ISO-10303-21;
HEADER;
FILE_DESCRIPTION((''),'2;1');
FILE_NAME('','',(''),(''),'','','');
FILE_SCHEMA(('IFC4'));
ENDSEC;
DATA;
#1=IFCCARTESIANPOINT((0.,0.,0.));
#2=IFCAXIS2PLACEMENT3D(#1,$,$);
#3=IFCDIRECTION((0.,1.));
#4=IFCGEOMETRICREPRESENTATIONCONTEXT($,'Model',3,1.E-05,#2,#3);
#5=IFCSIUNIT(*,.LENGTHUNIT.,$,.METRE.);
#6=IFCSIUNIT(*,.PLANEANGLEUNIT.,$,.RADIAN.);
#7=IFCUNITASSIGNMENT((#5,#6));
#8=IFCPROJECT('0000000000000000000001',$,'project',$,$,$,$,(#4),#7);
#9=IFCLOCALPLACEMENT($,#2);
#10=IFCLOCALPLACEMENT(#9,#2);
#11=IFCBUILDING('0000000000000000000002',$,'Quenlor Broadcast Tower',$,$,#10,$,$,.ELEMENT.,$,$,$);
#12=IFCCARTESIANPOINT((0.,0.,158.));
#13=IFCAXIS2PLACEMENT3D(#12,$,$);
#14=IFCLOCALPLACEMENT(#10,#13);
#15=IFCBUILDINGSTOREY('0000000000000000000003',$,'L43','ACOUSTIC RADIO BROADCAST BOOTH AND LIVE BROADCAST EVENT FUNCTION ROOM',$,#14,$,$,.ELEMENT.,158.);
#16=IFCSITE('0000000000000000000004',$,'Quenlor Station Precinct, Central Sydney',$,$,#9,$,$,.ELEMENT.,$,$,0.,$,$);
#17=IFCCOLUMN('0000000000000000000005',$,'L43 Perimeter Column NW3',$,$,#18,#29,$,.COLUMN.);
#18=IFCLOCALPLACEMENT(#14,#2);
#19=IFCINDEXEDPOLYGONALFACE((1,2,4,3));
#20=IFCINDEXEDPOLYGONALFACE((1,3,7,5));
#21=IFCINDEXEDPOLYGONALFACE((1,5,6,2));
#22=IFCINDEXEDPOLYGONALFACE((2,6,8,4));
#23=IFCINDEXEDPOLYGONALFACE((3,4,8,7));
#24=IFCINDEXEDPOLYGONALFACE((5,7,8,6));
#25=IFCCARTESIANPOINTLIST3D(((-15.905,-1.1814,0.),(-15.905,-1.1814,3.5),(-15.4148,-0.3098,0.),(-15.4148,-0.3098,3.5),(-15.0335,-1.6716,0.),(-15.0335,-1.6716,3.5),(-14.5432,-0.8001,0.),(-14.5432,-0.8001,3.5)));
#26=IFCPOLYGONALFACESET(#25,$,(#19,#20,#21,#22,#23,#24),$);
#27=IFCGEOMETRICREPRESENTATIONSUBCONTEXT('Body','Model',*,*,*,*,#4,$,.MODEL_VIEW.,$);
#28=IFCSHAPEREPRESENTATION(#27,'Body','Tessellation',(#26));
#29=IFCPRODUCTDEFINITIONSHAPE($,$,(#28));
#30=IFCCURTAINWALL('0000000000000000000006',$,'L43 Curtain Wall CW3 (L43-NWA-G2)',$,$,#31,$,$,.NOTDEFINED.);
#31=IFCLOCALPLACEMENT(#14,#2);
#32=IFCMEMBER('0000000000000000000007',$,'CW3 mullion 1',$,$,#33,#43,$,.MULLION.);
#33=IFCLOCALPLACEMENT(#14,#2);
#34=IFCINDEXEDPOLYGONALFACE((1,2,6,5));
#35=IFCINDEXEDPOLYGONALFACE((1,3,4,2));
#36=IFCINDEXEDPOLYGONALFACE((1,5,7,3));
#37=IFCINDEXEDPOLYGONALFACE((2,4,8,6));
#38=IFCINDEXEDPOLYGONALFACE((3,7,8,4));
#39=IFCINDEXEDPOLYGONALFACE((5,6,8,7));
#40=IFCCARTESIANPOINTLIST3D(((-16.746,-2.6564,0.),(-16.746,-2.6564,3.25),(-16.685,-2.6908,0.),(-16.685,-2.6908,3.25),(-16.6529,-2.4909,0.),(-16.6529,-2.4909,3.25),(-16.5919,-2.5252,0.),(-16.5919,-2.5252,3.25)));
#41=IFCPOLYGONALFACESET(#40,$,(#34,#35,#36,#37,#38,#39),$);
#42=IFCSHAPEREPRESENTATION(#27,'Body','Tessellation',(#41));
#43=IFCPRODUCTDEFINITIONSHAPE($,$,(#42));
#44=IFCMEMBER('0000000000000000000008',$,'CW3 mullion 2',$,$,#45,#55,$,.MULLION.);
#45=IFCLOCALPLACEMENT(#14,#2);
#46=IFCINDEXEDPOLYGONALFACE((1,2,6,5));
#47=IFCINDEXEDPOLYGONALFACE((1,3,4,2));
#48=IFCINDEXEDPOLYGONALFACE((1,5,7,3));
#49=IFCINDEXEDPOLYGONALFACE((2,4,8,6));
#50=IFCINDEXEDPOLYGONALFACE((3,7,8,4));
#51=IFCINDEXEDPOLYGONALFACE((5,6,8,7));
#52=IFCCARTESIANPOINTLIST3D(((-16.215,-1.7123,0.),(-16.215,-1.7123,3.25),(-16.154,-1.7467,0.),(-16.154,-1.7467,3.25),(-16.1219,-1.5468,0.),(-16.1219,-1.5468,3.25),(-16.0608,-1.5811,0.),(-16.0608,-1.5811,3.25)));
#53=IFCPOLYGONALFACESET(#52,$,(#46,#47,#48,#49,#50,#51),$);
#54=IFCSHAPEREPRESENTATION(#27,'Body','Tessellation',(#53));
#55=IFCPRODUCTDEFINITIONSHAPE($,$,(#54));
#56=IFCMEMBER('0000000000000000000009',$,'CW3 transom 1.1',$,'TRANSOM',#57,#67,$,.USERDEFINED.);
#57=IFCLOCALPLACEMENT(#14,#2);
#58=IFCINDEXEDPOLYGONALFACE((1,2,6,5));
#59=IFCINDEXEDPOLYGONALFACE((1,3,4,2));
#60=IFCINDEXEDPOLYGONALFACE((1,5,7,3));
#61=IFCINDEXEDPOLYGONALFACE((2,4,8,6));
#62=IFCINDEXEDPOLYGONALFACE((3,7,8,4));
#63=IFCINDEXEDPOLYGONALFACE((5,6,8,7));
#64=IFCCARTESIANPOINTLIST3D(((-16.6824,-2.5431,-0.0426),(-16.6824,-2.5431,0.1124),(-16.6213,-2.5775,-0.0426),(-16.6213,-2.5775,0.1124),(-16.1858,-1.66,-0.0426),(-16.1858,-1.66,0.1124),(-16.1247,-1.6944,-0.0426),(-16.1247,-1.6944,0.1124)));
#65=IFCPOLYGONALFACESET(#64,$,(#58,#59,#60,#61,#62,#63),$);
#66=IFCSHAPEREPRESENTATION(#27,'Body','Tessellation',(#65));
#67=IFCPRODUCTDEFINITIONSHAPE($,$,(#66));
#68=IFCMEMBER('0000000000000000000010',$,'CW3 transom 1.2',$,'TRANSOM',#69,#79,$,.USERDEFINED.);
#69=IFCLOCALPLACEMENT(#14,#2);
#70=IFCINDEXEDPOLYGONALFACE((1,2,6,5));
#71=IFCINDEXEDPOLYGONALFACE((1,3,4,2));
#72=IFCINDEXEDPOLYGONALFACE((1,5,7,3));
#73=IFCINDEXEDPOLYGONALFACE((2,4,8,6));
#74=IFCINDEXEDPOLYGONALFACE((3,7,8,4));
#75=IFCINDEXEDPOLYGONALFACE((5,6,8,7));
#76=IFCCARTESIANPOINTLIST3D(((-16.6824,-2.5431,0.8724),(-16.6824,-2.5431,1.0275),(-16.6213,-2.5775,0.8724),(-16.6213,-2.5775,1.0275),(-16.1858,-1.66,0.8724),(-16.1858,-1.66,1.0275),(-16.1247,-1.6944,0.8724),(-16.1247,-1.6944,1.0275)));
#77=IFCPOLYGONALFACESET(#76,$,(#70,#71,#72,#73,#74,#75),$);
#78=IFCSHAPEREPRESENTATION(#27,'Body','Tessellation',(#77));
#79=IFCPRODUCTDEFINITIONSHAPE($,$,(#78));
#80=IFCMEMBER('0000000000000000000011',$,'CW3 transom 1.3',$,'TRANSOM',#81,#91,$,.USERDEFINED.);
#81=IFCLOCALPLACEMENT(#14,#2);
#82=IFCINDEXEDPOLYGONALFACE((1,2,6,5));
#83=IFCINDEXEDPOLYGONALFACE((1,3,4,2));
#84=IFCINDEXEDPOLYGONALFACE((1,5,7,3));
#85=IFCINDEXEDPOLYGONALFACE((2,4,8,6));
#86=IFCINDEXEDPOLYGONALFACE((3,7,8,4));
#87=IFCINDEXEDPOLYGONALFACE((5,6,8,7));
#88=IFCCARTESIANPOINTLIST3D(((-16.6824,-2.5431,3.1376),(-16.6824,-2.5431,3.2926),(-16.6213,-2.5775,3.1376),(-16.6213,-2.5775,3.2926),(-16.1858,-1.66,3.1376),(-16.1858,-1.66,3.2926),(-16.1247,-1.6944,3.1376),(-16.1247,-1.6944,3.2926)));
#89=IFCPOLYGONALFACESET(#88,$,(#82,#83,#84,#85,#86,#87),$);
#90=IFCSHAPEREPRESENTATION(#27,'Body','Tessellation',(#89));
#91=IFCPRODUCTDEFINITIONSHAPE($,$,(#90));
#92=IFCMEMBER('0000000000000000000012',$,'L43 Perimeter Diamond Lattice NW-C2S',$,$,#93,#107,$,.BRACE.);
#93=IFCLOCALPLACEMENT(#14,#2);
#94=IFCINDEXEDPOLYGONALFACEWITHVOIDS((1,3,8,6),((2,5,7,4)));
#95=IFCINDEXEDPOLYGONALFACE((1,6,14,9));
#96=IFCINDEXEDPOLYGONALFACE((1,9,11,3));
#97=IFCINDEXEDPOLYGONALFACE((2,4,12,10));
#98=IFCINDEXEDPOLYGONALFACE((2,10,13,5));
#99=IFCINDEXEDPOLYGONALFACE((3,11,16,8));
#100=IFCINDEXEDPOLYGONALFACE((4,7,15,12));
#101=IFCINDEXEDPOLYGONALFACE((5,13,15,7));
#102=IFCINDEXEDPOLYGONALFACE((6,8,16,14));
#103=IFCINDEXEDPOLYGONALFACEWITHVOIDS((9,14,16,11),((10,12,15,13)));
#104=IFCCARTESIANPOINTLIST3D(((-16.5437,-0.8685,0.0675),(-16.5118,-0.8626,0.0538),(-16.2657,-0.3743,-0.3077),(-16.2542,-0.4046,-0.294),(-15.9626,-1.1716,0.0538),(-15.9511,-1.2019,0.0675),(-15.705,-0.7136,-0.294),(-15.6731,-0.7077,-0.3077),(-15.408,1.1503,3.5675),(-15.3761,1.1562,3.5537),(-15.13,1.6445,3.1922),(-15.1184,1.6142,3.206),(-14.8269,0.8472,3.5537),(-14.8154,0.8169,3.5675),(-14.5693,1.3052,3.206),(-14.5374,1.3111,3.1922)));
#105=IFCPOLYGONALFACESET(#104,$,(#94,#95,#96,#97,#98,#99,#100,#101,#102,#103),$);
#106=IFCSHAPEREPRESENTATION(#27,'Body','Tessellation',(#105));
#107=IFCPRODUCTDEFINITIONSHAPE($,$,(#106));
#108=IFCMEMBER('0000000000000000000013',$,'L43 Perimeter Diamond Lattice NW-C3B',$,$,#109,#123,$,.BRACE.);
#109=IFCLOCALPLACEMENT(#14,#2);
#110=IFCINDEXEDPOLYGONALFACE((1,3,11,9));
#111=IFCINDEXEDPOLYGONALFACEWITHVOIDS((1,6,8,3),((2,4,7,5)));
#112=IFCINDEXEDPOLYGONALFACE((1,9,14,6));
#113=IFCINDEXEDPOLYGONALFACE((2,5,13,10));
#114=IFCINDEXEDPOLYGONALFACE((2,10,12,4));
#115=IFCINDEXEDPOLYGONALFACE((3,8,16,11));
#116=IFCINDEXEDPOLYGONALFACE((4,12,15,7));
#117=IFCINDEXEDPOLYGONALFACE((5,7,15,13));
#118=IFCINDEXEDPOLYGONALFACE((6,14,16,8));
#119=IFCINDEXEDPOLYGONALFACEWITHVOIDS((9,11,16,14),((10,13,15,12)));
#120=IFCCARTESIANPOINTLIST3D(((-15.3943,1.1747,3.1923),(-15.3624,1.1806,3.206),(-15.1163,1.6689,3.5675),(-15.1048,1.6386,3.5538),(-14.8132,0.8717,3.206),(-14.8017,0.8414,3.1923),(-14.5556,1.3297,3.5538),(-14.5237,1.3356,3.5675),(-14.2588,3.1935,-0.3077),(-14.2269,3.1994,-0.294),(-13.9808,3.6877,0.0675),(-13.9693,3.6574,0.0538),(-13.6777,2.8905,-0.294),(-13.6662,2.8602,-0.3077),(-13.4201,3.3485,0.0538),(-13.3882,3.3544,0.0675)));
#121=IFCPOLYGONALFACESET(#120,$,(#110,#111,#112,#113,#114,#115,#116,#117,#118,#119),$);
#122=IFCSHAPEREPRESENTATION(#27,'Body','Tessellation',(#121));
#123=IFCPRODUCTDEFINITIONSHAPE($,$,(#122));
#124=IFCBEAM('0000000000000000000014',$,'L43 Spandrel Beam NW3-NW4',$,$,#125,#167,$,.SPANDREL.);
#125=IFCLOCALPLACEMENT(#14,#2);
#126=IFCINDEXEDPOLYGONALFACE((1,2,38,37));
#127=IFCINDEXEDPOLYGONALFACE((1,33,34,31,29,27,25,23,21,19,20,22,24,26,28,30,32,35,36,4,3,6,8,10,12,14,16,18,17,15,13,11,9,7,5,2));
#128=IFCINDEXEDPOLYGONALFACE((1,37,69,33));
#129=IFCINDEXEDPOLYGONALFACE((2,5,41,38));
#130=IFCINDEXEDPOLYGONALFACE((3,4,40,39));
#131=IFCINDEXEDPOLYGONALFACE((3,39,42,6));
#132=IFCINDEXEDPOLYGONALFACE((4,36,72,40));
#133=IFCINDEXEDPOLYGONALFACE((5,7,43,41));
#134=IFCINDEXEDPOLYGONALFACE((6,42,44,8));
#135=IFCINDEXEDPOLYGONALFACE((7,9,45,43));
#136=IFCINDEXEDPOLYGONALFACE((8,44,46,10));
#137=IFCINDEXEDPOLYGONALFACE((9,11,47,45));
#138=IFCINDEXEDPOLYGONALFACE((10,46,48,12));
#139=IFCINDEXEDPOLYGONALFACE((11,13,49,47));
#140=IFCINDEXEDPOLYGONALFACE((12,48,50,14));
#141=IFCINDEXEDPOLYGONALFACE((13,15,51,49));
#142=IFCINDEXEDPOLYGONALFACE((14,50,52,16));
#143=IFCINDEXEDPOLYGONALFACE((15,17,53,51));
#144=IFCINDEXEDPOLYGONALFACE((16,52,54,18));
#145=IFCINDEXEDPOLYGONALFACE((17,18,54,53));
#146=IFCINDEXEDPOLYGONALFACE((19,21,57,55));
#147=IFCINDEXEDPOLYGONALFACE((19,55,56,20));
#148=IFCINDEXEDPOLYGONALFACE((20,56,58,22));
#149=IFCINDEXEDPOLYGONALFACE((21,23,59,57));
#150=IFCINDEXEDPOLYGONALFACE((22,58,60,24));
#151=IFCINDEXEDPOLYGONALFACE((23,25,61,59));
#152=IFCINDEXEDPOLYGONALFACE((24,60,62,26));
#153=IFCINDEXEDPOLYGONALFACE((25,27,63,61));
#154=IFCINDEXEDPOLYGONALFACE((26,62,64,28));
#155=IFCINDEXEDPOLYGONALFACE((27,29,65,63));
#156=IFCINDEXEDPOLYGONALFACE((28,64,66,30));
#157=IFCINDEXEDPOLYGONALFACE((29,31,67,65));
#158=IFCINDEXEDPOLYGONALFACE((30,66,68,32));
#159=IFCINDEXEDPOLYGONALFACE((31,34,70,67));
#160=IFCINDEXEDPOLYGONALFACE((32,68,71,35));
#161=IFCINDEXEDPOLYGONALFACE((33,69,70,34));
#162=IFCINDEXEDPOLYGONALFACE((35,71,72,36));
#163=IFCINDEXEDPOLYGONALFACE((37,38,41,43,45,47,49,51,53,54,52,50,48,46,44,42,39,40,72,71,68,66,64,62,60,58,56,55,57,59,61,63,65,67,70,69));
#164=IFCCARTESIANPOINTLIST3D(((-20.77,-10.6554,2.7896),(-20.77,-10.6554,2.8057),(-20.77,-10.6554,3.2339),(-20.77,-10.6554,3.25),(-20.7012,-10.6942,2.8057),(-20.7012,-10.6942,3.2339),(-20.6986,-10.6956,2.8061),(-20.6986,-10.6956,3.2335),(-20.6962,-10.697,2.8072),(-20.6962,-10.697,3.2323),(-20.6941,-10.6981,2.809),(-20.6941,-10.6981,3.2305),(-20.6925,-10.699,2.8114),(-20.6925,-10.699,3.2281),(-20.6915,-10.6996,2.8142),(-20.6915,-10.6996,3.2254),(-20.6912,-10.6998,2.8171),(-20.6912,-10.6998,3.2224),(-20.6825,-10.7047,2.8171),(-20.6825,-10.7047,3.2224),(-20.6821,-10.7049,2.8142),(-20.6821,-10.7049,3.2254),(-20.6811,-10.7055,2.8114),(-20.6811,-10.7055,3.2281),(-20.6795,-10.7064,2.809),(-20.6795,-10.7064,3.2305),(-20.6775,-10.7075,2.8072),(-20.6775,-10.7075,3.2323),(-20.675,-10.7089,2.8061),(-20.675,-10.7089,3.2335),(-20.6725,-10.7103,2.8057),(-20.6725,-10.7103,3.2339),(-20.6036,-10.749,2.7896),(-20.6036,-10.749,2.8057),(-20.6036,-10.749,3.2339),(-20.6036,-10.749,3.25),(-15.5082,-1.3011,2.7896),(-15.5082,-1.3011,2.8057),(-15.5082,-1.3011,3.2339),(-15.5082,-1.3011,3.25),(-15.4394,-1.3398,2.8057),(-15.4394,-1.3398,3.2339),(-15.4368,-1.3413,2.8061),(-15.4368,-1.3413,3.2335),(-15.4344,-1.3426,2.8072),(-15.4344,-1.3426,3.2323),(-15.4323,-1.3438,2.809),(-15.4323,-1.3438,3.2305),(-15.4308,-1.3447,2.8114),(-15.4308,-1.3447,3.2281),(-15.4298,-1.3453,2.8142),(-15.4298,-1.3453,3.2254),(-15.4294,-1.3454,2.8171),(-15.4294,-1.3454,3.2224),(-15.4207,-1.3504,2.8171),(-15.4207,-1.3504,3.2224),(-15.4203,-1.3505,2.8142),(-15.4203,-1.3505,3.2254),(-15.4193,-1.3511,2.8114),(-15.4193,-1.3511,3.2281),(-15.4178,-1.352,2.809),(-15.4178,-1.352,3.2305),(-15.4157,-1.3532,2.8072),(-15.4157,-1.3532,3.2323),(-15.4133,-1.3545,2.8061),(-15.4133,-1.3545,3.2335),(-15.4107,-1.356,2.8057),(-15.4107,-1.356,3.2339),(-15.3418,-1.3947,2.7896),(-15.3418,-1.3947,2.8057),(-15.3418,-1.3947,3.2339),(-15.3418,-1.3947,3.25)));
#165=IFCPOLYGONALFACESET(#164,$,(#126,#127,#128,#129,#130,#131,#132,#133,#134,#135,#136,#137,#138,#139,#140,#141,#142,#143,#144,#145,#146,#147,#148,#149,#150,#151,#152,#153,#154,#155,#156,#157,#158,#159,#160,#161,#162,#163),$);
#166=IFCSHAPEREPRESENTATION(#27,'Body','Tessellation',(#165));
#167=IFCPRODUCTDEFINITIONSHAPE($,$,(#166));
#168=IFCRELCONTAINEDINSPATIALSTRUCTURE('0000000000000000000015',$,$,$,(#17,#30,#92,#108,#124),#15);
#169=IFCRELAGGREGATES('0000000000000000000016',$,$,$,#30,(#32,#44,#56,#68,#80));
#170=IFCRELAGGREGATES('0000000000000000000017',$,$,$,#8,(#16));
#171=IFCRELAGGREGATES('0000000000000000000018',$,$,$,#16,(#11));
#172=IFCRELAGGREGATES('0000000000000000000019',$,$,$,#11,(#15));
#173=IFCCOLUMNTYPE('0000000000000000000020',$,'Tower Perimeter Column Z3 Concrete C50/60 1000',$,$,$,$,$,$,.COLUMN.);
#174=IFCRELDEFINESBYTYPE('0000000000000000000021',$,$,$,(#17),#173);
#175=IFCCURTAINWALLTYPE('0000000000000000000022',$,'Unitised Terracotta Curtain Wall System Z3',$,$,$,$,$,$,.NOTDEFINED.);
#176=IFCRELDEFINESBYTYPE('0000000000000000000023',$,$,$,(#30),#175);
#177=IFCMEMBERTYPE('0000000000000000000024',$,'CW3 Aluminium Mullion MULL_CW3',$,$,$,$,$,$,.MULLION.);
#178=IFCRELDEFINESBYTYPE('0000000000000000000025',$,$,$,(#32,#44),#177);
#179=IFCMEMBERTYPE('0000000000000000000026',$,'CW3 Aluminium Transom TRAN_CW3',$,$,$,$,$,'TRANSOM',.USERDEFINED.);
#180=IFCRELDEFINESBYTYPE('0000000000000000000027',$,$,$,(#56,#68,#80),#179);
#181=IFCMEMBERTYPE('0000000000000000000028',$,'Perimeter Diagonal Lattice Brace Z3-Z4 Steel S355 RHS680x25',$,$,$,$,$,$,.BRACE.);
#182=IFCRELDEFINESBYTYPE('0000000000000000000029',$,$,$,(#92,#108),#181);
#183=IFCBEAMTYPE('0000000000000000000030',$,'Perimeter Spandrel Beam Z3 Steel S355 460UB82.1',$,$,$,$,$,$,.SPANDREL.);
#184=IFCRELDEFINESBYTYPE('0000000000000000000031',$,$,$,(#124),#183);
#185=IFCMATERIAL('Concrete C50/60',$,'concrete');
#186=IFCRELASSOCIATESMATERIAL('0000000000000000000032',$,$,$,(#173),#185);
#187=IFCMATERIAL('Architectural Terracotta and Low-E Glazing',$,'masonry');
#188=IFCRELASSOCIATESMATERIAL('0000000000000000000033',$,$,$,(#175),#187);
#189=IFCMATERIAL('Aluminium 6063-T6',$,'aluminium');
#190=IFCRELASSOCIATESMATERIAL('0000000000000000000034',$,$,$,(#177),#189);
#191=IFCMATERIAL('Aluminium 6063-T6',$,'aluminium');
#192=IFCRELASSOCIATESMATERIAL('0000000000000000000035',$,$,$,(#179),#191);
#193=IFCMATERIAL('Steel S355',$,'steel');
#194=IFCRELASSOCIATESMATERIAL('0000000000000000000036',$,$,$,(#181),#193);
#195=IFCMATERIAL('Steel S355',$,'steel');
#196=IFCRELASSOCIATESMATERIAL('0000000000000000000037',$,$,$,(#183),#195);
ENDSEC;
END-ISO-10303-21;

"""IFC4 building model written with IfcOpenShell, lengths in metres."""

from ifc_helpers import new_model, si_unit, direction, frame, origin, origin_2d, place, context, subcontext, project, spatial, rectangle, hollow_rectangle, i_section, extrude, material, material_profile, profile_set, type_object, element, aggregate, save


model = new_model("IFC4")

# Units and contexts
model_context = context("Model", 3, precision=1e-05, world=origin(), true_north=direction((0.0, 1.0)))
body_context = subcontext(model_context, "Body", "Model", "MODEL_VIEW")
ifc_project = project(units=[si_unit("LENGTHUNIT", "METRE"), si_unit("PLANEANGLEUNIT", "RADIAN")], contexts=[model_context])

# Site, building, storey
site_placement = place(None, origin())
site = spatial("IfcSite", under=ifc_project, at=site_placement, Name="Quenlor Station Precinct, Central Sydney", CompositionType="ELEMENT", RefElevation=0.0)
building_placement = place(site_placement, origin())
building = spatial("IfcBuilding", under=site, at=building_placement, Name="Quenlor Broadcast Tower", CompositionType="ELEMENT")
storey_placement = place(building_placement, frame((0.0, 0.0, 158.0)))
storey = spatial("IfcBuildingStorey", under=building, at=storey_placement, Name="L43", Description="ACOUSTIC RADIO BROADCAST BOOTH AND LIVE BROADCAST EVENT FUNCTION ROOM", CompositionType="ELEMENT", Elevation=158.0)

# Column
ifc_material_1 = material(Name="Concrete C50/60", Category="concrete")
ifc_material_profile_1 = material_profile(ifc_material_1, rectangle(XDim=1.0, YDim=1.0, at=origin_2d()))
ifc_profile_set_1 = profile_set([ifc_material_profile_1], Name="Concrete C50/60 RC1000x1000")
column_type = type_object("IfcColumnType", Name="Tower Perimeter Column Z3 Concrete C50/60 1000", PredefinedType="COLUMN", material=ifc_profile_set_1)
column_placement = place(storey_placement, frame((-15.2241, -0.9907, 0.0), z_axis=(0.0, 0.0, 1.0), x_axis=(-0.871575, 0.490262, 0.0)))
element("IfcColumn", 1, at=column_placement, inside=storey, type_object=column_type, Name="L43 Perimeter Column NW3", PredefinedType="COLUMN", context=body_context, shape_type="SweptSolid", body=[
    extrude(rectangle(XDim=1.0, YDim=1.0, at=origin_2d()), origin(), (0.0, 0.0, 1.0), 3.5),
])

# Curtain wall, members
ifc_material_2 = material(Name="Architectural Terracotta and Low-E Glazing", Category="masonry")
curtain_wall_type = type_object("IfcCurtainWallType", Name="Unitised Terracotta Curtain Wall System Z3", PredefinedType="NOTDEFINED", material=ifc_material_2)
curtain_wall_placement = place(storey_placement, origin())
curtain_wall = element("IfcCurtainWall", 2, at=curtain_wall_placement, inside=storey, type_object=curtain_wall_type, Name="L43 Curtain Wall CW3 (L43-NWA-G2)", PredefinedType="NOTDEFINED")
ifc_material_3 = material(Name="Aluminium 6063-T6", Category="aluminium")
ifc_material_profile_2 = material_profile(ifc_material_3, rectangle(XDim=0.0701, YDim=0.1899, at=origin_2d()))
ifc_profile_set_2 = profile_set([ifc_material_profile_2], Name="Aluminium 6063-T6 MULL70x190")
member_type_1 = type_object("IfcMemberType", Name="CW3 Aluminium Mullion MULL_CW3", PredefinedType="MULLION", material=ifc_profile_set_2)
member_1_placement = place(storey_placement, frame((-16.6689, -2.5908, 0.0), z_axis=(0.0, 0.0, 1.0), x_axis=(-0.87158, 0.490253, 0.0)))
member_1 = element("IfcMember", 3, at=member_1_placement, type_object=member_type_1, Name="CW3 mullion 1", PredefinedType="MULLION", context=body_context, shape_type="SweptSolid", body=[
    extrude(rectangle(XDim=0.0701, YDim=0.1899, at=origin_2d()), origin(), (0.0, 0.0, 1.0), 3.25),
])
member_2_placement = place(storey_placement, frame((-16.1379, -1.6467, 0.0), z_axis=(0.0, 0.0, 1.0), x_axis=(-0.87158, 0.490253, 0.0)))
member_2 = element("IfcMember", 4, at=member_2_placement, type_object=member_type_1, Name="CW3 mullion 2", PredefinedType="MULLION", context=body_context, shape_type="SweptSolid", body=[
    extrude(rectangle(XDim=0.0701, YDim=0.1899, at=origin_2d()), origin(), (0.0, 0.0, 1.0), 3.25),
])
ifc_material_4 = material(Name="Aluminium 6063-T6", Category="aluminium")
ifc_material_profile_3 = material_profile(ifc_material_4, rectangle(XDim=0.0701, YDim=0.155, at=origin_2d()))
ifc_profile_set_3 = profile_set([ifc_material_profile_3], Name="Aluminium 6063-T6 TRAN70x155")
member_type_2 = type_object("IfcMemberType", Name="CW3 Aluminium Transom TRAN_CW3", ElementType="TRANSOM", PredefinedType="USERDEFINED", material=ifc_profile_set_3)
member_3_placement = place(storey_placement, frame((-16.6519, -2.5603, 0.0349), z_axis=(0.490158, 0.871633, 0.0), x_axis=(-0.871633, 0.490158, 0.0)))
member_3 = element("IfcMember", 5, at=member_3_placement, type_object=member_type_2, Name="CW3 transom 1.1", ObjectType="TRANSOM", PredefinedType="USERDEFINED", context=body_context, shape_type="SweptSolid", body=[
    extrude(rectangle(XDim=0.0701, YDim=0.155, at=origin_2d()), origin(), (0.0, 0.0, 1.0), 1.0132),
])
member_4_placement = place(storey_placement, frame((-16.6519, -2.5603, 0.95), z_axis=(0.490158, 0.871633, 0.0), x_axis=(-0.871633, 0.490158, 0.0)))
member_4 = element("IfcMember", 6, at=member_4_placement, type_object=member_type_2, Name="CW3 transom 1.2", ObjectType="TRANSOM", PredefinedType="USERDEFINED", context=body_context, shape_type="SweptSolid", body=[
    extrude(rectangle(XDim=0.0701, YDim=0.155, at=origin_2d()), origin(), (0.0, 0.0, 1.0), 1.0132),
])
member_5_placement = place(storey_placement, frame((-16.6519, -2.5603, 3.2151), z_axis=(0.490158, 0.871633, 0.0), x_axis=(-0.871633, 0.490158, 0.0)))
member_5 = element("IfcMember", 7, at=member_5_placement, type_object=member_type_2, Name="CW3 transom 1.3", ObjectType="TRANSOM", PredefinedType="USERDEFINED", context=body_context, shape_type="SweptSolid", body=[
    extrude(rectangle(XDim=0.0701, YDim=0.155, at=origin_2d()), origin(), (0.0, 0.0, 1.0), 1.0132),
])

# Members
ifc_material_5 = material(Name="Steel S355", Category="steel")
ifc_material_profile_4 = material_profile(ifc_material_5, hollow_rectangle(XDim=0.6799, YDim=0.6799, WallThickness=0.0249, at=origin_2d()))
ifc_profile_set_4 = profile_set([ifc_material_profile_4], Name="Steel S355 RHS680x680x25")
member_type_3 = type_object("IfcMemberType", Name="Perimeter Diagonal Lattice Brace Z3-Z4 Steel S355 RHS680x25", PredefinedType="BRACE", material=ifc_profile_set_4)
for number, where, z_axis, x_axis, name in (
    (8, (-16.1084, -0.7881, -0.1201), (0.270603, 0.481001, 0.833914), (-0.871545, 0.490316, 0.0), "L43 Perimeter Diamond Lattice NW-C2S"),
    (9, (-13.8235, 3.2739, -0.1201), (-0.270549, -0.481009, 0.833927), (0.87159, -0.490236, 0.0), "L43 Perimeter Diamond Lattice NW-C3B"),
):
    element("IfcMember", number, at=place(storey_placement, frame(where, z_axis=z_axis, x_axis=x_axis)), inside=storey, type_object=member_type_3, Name=name, PredefinedType="BRACE", context=body_context, shape_type="SweptSolid", body=[
        extrude(hollow_rectangle(XDim=0.6799, YDim=0.6799, WallThickness=0.0249, at=origin_2d()), origin(), (0.0, 0.0, 1.0), 4.197),
    ])

# Beam
ifc_material_6 = material(Name="Steel S355", Category="steel")
ifc_material_profile_5 = material_profile(ifc_material_6, i_section(OverallWidth=0.1909, OverallDepth=0.4604, WebThickness=0.01, FlangeThickness=0.0161, FilletRadius=0.0115, at=origin_2d()))
ifc_profile_set_5 = profile_set([ifc_material_profile_5], Name="Steel S355 460UB82.1")
beam_type_1 = type_object("IfcBeamType", Name="Perimeter Spandrel Beam Z3 Steel S355 460UB82.1", PredefinedType="SPANDREL", material=ifc_profile_set_5)
beam_1_placement = place(storey_placement, frame((-15.425, -1.3479, 3.0198), z_axis=(-0.490258, -0.871577, 0.0), x_axis=(0.871577, -0.490258, 0.0)))
element("IfcBeam", 10, at=beam_1_placement, inside=storey, type_object=beam_type_1, Name="L43 Spandrel Beam NW3-NW4", PredefinedType="SPANDREL", context=body_context, shape_type="SweptSolid", body=[
    extrude(i_section(OverallWidth=0.1909, OverallDepth=0.4604, WebThickness=0.01, FlangeThickness=0.0161, FilletRadius=0.0115, at=origin_2d()), origin(), (0.0, 0.0, 1.0), 10.7327),
])

aggregate(curtain_wall, [member_1, member_2, member_3, member_4, member_5])

save(model, "model.ifc")
